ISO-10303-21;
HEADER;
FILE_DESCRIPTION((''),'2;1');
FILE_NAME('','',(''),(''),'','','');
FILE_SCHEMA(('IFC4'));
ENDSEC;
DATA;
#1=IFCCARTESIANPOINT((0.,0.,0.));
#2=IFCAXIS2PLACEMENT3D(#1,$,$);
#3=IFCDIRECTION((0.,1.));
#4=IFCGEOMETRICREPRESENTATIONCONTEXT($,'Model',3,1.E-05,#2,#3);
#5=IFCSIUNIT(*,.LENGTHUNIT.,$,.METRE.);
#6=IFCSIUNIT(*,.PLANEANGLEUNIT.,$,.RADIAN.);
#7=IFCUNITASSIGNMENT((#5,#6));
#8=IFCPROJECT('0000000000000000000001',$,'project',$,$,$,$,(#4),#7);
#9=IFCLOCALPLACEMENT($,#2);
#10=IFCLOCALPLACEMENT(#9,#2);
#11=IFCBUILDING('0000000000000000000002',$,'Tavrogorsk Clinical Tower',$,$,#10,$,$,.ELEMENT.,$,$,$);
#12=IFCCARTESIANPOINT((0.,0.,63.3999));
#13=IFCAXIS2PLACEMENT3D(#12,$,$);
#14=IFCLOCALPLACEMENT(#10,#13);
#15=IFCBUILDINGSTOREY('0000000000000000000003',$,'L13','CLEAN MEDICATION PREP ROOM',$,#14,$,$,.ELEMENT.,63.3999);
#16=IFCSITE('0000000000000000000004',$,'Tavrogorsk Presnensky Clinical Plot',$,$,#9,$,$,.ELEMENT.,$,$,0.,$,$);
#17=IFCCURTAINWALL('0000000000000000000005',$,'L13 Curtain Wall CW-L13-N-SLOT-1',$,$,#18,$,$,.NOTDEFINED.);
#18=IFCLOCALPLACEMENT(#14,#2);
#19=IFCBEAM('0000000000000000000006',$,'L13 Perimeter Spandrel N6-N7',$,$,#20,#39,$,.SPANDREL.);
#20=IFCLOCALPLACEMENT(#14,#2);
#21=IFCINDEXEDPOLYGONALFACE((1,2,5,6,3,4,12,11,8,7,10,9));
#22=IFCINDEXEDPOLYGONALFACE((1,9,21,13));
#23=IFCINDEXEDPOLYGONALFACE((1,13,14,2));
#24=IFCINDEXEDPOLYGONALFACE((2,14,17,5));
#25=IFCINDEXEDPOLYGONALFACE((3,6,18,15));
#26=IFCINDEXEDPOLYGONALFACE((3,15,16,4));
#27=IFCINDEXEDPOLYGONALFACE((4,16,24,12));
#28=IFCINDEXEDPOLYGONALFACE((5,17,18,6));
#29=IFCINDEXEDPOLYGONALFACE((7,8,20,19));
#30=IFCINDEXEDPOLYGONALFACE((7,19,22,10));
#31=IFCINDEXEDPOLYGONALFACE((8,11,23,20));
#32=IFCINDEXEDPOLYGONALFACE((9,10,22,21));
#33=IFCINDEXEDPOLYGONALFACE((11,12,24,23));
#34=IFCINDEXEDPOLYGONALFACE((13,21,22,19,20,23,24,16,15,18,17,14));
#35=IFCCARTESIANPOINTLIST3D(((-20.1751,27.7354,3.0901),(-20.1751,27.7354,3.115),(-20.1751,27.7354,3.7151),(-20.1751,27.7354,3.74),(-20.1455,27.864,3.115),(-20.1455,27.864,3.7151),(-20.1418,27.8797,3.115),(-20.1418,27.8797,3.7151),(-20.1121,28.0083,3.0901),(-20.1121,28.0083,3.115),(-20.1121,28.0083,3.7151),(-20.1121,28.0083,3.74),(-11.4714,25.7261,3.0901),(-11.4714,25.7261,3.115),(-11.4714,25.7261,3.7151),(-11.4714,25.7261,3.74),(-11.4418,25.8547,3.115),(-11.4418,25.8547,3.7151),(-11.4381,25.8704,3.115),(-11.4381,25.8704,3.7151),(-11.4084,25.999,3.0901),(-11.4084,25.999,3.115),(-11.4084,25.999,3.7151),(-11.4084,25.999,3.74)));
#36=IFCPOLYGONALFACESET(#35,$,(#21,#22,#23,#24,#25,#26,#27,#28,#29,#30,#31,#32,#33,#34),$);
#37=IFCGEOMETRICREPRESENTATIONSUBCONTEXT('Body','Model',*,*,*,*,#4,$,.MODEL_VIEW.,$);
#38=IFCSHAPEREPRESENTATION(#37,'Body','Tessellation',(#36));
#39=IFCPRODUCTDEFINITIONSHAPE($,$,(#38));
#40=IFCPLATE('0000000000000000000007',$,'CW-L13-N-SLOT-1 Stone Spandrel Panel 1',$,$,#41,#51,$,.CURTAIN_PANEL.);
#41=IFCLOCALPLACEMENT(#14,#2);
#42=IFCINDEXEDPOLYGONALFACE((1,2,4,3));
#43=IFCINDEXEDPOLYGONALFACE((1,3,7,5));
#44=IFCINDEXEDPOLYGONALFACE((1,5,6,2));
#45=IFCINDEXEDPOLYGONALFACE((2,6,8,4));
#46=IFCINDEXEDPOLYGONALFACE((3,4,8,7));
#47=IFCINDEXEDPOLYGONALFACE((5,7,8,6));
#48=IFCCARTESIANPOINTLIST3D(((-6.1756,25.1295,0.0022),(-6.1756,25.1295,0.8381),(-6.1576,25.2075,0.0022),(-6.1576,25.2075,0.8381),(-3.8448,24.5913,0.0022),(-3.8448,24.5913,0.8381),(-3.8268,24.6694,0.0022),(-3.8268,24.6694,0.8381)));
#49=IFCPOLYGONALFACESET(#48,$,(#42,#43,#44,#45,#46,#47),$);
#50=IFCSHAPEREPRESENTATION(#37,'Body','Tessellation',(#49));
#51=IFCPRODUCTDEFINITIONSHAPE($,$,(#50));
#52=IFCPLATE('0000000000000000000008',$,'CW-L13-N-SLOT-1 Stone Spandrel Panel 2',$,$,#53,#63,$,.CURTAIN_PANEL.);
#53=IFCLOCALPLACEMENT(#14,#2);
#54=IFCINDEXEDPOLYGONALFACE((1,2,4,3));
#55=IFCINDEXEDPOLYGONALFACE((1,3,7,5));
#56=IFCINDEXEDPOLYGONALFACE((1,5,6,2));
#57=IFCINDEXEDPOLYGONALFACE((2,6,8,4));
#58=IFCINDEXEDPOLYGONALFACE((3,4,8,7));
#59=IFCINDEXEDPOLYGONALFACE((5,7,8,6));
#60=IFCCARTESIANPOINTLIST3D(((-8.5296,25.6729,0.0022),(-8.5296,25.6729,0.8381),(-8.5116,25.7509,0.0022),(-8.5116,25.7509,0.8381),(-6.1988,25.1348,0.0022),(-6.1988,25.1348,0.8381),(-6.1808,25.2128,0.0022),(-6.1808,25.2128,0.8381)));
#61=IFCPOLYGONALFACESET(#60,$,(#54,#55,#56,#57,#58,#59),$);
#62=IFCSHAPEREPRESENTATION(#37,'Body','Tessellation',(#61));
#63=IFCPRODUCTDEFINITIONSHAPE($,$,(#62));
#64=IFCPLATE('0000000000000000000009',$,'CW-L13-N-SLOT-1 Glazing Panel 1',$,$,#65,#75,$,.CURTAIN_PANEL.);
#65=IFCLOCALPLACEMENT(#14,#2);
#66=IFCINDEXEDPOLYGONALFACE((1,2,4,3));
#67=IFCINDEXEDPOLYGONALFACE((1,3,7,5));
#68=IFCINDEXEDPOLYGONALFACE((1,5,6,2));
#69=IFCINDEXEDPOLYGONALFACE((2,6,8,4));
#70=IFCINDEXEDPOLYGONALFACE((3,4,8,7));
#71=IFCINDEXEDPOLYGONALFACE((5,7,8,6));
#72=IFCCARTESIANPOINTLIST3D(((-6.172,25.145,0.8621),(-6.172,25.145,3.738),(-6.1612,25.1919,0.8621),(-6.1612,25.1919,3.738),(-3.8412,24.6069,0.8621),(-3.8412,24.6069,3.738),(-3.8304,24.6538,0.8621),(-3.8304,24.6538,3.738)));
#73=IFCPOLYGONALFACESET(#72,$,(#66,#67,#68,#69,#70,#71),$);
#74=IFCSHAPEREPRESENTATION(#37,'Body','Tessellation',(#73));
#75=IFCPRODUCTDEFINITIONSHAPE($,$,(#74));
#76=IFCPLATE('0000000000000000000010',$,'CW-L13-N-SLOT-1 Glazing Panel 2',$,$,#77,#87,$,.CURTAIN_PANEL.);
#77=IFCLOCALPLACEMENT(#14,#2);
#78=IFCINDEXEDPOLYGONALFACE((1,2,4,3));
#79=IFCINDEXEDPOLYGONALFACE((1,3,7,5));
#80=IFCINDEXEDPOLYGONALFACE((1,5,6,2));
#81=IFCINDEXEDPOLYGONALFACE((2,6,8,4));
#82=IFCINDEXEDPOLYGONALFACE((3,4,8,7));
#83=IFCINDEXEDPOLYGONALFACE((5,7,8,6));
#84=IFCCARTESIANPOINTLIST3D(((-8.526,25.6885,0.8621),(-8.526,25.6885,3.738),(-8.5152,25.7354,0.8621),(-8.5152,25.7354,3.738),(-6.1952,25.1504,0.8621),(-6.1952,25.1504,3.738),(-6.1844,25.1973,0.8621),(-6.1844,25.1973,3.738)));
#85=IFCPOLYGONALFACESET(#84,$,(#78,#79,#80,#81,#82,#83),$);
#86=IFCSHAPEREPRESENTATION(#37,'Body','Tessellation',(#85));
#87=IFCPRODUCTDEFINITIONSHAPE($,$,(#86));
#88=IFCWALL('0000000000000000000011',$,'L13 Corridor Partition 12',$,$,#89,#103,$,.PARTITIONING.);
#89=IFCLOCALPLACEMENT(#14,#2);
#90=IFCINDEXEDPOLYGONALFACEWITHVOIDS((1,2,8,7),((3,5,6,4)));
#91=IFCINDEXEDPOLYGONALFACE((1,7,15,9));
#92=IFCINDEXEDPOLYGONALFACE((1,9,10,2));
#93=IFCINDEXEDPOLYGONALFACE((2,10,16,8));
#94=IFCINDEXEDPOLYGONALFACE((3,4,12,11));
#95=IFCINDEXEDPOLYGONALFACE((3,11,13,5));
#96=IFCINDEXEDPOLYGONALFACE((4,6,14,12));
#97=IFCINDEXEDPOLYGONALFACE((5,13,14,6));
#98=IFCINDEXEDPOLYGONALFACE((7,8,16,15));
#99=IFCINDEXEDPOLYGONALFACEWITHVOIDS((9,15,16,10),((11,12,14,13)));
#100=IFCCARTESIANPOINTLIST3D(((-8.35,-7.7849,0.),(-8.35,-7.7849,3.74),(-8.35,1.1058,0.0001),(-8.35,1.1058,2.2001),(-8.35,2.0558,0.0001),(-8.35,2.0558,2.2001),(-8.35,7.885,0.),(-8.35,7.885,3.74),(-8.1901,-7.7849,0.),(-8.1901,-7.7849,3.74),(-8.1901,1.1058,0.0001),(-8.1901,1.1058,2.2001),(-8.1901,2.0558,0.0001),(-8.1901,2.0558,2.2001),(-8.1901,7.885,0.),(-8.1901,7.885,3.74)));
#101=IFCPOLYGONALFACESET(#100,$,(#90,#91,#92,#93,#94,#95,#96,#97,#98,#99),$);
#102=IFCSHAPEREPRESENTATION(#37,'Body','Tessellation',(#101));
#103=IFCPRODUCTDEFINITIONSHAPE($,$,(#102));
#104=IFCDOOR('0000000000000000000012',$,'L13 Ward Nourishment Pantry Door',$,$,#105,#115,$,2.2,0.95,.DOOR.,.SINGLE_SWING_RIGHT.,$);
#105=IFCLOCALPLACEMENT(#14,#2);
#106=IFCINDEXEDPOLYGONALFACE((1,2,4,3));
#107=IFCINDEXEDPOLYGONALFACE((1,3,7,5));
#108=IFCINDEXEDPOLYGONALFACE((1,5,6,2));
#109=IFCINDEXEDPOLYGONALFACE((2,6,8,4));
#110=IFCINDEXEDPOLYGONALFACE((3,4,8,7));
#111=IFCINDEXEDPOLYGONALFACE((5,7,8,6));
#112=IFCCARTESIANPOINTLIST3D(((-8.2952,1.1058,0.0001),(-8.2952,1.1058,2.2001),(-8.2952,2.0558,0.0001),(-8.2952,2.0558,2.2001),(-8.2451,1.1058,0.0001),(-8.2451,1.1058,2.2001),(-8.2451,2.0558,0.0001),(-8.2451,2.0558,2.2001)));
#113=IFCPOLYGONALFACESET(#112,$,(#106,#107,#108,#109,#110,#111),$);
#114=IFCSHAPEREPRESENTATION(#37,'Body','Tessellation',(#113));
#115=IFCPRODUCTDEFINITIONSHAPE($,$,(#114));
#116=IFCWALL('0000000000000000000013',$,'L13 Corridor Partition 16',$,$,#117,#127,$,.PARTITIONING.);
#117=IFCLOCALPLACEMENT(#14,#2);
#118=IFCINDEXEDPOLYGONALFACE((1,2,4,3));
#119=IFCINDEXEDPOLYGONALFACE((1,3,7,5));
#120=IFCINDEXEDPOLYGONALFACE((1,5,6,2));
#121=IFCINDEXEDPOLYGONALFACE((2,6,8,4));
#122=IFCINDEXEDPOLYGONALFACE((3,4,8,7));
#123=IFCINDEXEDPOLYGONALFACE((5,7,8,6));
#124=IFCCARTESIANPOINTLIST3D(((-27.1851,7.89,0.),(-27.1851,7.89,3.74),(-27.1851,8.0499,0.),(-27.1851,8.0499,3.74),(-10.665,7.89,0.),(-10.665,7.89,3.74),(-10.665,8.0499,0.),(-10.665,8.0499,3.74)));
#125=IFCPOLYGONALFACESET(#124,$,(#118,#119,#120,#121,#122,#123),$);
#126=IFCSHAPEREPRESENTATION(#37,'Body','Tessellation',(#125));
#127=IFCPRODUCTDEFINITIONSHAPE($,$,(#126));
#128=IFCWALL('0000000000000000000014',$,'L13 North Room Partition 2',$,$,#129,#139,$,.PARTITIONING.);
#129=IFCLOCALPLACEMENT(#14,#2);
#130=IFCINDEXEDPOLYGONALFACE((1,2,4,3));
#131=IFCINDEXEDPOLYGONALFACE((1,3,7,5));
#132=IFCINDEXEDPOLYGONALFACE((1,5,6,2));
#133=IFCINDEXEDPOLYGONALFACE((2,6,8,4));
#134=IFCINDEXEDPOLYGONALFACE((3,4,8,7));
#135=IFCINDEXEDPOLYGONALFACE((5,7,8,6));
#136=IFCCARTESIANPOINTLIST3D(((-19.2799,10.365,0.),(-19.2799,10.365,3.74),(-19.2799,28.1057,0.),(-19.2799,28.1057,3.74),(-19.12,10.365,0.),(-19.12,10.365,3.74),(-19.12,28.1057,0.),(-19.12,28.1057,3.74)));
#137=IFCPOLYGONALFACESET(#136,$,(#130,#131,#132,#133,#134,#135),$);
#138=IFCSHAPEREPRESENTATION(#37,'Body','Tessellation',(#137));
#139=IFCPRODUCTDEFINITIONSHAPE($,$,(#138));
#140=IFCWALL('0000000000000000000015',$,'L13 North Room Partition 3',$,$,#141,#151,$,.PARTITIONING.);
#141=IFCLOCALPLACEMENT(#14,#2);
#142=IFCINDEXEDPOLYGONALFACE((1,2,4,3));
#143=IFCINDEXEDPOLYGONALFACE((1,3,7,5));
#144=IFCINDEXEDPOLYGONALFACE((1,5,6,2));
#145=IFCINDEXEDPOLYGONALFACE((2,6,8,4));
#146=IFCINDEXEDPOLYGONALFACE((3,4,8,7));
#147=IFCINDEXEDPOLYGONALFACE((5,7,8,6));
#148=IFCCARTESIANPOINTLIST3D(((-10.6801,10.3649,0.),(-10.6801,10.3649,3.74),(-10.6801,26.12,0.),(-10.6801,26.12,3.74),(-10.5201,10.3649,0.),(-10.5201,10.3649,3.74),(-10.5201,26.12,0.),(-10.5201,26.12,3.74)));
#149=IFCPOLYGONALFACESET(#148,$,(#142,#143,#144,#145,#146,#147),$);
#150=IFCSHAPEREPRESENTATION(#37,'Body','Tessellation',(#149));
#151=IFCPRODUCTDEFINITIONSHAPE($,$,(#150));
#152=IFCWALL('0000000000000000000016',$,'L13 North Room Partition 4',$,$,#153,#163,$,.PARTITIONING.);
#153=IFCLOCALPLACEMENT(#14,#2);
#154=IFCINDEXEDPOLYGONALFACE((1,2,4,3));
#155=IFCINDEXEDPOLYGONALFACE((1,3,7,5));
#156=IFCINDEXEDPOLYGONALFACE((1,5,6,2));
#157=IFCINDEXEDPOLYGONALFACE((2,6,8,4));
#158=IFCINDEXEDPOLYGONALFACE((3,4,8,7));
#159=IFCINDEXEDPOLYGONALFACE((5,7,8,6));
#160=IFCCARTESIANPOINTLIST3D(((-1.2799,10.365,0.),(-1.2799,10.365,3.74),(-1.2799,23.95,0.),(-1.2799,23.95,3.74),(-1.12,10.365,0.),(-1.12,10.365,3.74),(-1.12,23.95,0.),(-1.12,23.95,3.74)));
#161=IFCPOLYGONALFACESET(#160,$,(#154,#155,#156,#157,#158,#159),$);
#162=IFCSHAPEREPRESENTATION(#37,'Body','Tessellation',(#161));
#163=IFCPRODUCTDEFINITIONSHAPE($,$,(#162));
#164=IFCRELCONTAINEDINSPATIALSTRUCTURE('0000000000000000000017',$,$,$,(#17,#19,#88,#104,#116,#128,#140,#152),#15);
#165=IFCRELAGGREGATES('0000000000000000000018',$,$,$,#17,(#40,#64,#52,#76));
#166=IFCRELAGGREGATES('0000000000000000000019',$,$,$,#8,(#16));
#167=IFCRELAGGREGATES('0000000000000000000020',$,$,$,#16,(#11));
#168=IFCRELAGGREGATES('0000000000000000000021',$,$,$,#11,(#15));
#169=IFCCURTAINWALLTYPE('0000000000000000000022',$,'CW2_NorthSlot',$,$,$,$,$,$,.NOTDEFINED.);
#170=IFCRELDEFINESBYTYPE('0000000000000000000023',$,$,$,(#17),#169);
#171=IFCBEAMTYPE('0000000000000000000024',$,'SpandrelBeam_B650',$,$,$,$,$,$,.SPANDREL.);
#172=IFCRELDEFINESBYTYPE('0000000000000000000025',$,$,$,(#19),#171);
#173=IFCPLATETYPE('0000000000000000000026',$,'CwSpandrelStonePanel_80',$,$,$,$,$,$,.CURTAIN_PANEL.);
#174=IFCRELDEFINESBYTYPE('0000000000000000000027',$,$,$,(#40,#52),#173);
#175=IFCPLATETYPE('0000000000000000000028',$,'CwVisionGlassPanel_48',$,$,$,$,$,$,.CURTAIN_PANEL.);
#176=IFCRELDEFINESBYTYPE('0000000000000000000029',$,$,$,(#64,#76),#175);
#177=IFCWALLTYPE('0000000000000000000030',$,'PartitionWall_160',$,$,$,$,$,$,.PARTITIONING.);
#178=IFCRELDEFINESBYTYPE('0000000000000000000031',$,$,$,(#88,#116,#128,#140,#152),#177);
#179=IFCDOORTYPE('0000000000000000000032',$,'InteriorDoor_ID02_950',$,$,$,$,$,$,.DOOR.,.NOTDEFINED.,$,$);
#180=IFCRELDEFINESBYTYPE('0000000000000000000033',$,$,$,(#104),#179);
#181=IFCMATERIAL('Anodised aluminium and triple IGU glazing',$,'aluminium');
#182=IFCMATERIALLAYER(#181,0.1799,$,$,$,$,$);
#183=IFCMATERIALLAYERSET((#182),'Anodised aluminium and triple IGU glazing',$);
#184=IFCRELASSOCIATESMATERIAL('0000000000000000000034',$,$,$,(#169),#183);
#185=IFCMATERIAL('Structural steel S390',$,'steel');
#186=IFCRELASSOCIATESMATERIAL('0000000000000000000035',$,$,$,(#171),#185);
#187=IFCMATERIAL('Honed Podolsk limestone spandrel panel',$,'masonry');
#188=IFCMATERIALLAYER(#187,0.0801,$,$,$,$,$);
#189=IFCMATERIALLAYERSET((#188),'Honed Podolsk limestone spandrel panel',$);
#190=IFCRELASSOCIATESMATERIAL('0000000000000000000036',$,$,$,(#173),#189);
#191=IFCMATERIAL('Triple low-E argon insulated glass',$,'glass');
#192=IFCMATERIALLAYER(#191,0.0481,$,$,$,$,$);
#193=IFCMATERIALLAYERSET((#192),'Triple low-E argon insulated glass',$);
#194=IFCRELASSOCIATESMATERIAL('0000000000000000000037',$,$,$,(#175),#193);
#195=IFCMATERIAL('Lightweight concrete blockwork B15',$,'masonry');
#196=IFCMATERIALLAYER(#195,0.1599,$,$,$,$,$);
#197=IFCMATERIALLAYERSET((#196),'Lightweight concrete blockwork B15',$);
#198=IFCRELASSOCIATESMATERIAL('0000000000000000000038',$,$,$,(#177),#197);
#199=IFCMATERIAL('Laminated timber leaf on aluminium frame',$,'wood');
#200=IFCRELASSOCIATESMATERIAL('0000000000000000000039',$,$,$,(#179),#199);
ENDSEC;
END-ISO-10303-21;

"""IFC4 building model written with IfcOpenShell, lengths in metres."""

from ifc_helpers import new_model, si_unit, direction, frame, frame_2d, origin, origin_2d, place, context, subcontext, project, spatial, rectangle, i_section, extrude, material, layer, layer_set, material_profile, profile_set, type_object, element, fill, aggregate, save


model = new_model("IFC4")

# Units and contexts
model_context = context("Model", 3, precision=1e-05, world=origin(), true_north=direction((0.0, 1.0)))
body_context = subcontext(model_context, "Body", "Model", "MODEL_VIEW")
ifc_project = project(units=[si_unit("LENGTHUNIT", "METRE"), si_unit("PLANEANGLEUNIT", "RADIAN")], contexts=[model_context])

# Site, building, storey
site_placement = place(None, origin())
site = spatial("IfcSite", under=ifc_project, at=site_placement, Name="Tavrogorsk Presnensky Clinical Plot", CompositionType="ELEMENT", RefElevation=0.0)
building_placement = place(site_placement, origin())
building = spatial("IfcBuilding", under=site, at=building_placement, Name="Tavrogorsk Clinical Tower", CompositionType="ELEMENT")
storey_placement = place(building_placement, frame((0.0, 0.0, 63.3999)))
storey = spatial("IfcBuildingStorey", under=building, at=storey_placement, Name="L13", Description="CLEAN MEDICATION PREP ROOM", CompositionType="ELEMENT", Elevation=63.3999)

# Curtain wall
ifc_material_1 = material(Name="Anodised aluminium and triple IGU glazing", Category="aluminium")
ifc_layer_1 = layer(ifc_material_1, 0.1799)
ifc_layer_set_1 = layer_set([ifc_layer_1], Name="Anodised aluminium and triple IGU glazing")
curtain_wall_type = type_object("IfcCurtainWallType", Name="CW2_NorthSlot", PredefinedType="NOTDEFINED", material=ifc_layer_set_1)
curtain_wall_placement = place(storey_placement, origin())
curtain_wall = element("IfcCurtainWall", 1, at=curtain_wall_placement, inside=storey, type_object=curtain_wall_type, Name="L13 Curtain Wall CW-L13-N-SLOT-1", PredefinedType="NOTDEFINED")

# Beam
ifc_material_2 = material(Name="Structural steel S390", Category="steel")
ifc_material_profile_1 = material_profile(ifc_material_2, i_section(OverallWidth=0.28, OverallDepth=0.6499, WebThickness=0.0161, FlangeThickness=0.0249, at=origin_2d()), Name="B-650x280x16x25")
ifc_profile_set_1 = profile_set([ifc_material_profile_1], Name="Structural steel S390")
beam_type = type_object("IfcBeamType", Name="SpandrelBeam_B650", PredefinedType="SPANDREL", material=ifc_profile_set_1)
for number, where, z_axis, x_axis, name in (
    (2, (-11.4399, 25.8625, 3.415), (-0.974373, 0.224939, 0.0), (-0.224939, -0.974373, 0.0), "L13 Perimeter Spandrel N6-N7"),
):
    element("IfcBeam", number, at=place(storey_placement, frame(where, z_axis=z_axis, x_axis=x_axis)), inside=storey, type_object=beam_type, Name=name, PredefinedType="SPANDREL", context=body_context, shape_type="SweptSolid", body=[
        extrude(i_section(OverallWidth=0.28, OverallDepth=0.6499, WebThickness=0.0161, FlangeThickness=0.0249, at=origin_2d()), origin(), (0.0, 0.0, 1.0), 8.9326),
    ])

# Plates
ifc_material_3 = material(Name="Honed Podolsk limestone spandrel panel", Category="masonry")
ifc_layer_2 = layer(ifc_material_3, 0.0801)
ifc_layer_set_2 = layer_set([ifc_layer_2], Name="Honed Podolsk limestone spandrel panel")
plate_type_1 = type_object("IfcPlateType", Name="CwSpandrelStonePanel_80", PredefinedType="CURTAIN_PANEL", material=ifc_layer_set_2)
plate_1_placement = place(storey_placement, frame((-5.0012, 24.8994, 0.0022), z_axis=(0.0, 0.0, 1.0), x_axis=(-0.97437, 0.224951, 0.0)))
plate_1 = element("IfcPlate", 3, at=plate_1_placement, type_object=plate_type_1, Name="CW-L13-N-SLOT-1 Stone Spandrel Panel 1", PredefinedType="CURTAIN_PANEL", context=body_context, shape_type="SweptSolid", body=[
    extrude(rectangle(XDim=2.3921, YDim=0.0801, at=origin_2d()), origin(), (0.0, 0.0, 1.0), 0.8359),
])
plate_2_placement = place(storey_placement, frame((-7.3552, 25.4429, 0.0022), z_axis=(0.0, 0.0, 1.0), x_axis=(-0.97437, 0.224951, 0.0)))
plate_2 = element("IfcPlate", 4, at=plate_2_placement, type_object=plate_type_1, Name="CW-L13-N-SLOT-1 Stone Spandrel Panel 2", PredefinedType="CURTAIN_PANEL", context=body_context, shape_type="SweptSolid", body=[
    extrude(rectangle(XDim=2.3921, YDim=0.0801, at=origin_2d()), origin(), (0.0, 0.0, 1.0), 0.8359),
])
ifc_material_4 = material(Name="Triple low-E argon insulated glass", Category="glass")
ifc_layer_3 = layer(ifc_material_4, 0.0481)
ifc_layer_set_3 = layer_set([ifc_layer_3], Name="Triple low-E argon insulated glass")
plate_type_2 = type_object("IfcPlateType", Name="CwVisionGlassPanel_48", PredefinedType="CURTAIN_PANEL", material=ifc_layer_set_3)
plate_3_placement = place(storey_placement, frame((-5.0012, 24.8994, 0.8621), z_axis=(0.0, 0.0, 1.0), x_axis=(-0.97437, 0.224951, 0.0)))
plate_3 = element("IfcPlate", 5, at=plate_3_placement, type_object=plate_type_2, Name="CW-L13-N-SLOT-1 Glazing Panel 1", PredefinedType="CURTAIN_PANEL", context=body_context, shape_type="SweptSolid", body=[
    extrude(rectangle(XDim=2.3921, YDim=0.0481, at=origin_2d()), origin(), (0.0, 0.0, 1.0), 2.876),
])
plate_4_placement = place(storey_placement, frame((-7.3552, 25.4429, 0.8621), z_axis=(0.0, 0.0, 1.0), x_axis=(-0.97437, 0.224951, 0.0)))
plate_4 = element("IfcPlate", 6, at=plate_4_placement, type_object=plate_type_2, Name="CW-L13-N-SLOT-1 Glazing Panel 2", PredefinedType="CURTAIN_PANEL", context=body_context, shape_type="SweptSolid", body=[
    extrude(rectangle(XDim=2.3921, YDim=0.0481, at=origin_2d()), origin(), (0.0, 0.0, 1.0), 2.876),
])
aggregate(curtain_wall, [plate_1, plate_3, plate_2, plate_4])

# Wall, opening, door
ifc_material_5 = material(Name="Lightweight concrete blockwork B15", Category="masonry")
ifc_layer_4 = layer(ifc_material_5, 0.1599)
ifc_layer_set_4 = layer_set([ifc_layer_4], Name="Lightweight concrete blockwork B15")
wall_type_1 = type_object("IfcWallType", Name="PartitionWall_160", PredefinedType="PARTITIONING", material=ifc_layer_set_4)
wall_1_placement = place(storey_placement, frame((-8.27, 7.885, 0.0), z_axis=(0.0, 0.0, 1.0), x_axis=(0.0, -1.0, 0.0)))
wall_1 = element("IfcWall", 7, at=wall_1_placement, inside=storey, type_object=wall_type_1, Name="L13 Corridor Partition 12", PredefinedType="PARTITIONING", context=body_context, shape_type="SweptSolid", body=[
    extrude(rectangle(XDim=15.6699, YDim=0.1599, at=frame_2d((7.835, 0.0))), origin(), (0.0, 0.0, 1.0), 3.74),
])
opening_1_placement = place(wall_1_placement, frame((5.8291, 0.0, 0.0)))
opening_1 = element("IfcOpeningElement", 8, at=opening_1_placement, cuts=wall_1, PredefinedType="OPENING", context=body_context, shape_type="SweptSolid", body=[
    extrude(rectangle(XDim=0.95, YDim=2.2, at=frame_2d((0.4751, 1.1001))), frame((0.0, 0.0898, 0.0), z_axis=(0.0, -1.0, 0.0), x_axis=(1.0, 0.0, 0.0)), (0.0, 0.0, 1.0), 0.1799),
])
ifc_material_6 = material(Name="Laminated timber leaf on aluminium frame", Category="wood")
door_type = type_object("IfcDoorType", Name="InteriorDoor_ID02_950", OperationType="NOTDEFINED", PredefinedType="DOOR", material=ifc_material_6)
door_placement = place(opening_1_placement, origin())
door = element("IfcDoor", 9, at=door_placement, inside=storey, type_object=door_type, Name="L13 Ward Nourishment Pantry Door", OperationType="SINGLE_SWING_RIGHT", OverallHeight=2.2, OverallWidth=0.95, PredefinedType="DOOR", context=body_context, shape_type="SweptSolid", body=[
    extrude(rectangle(XDim=0.95, YDim=2.2, at=frame_2d((0.4751, 1.1001))), frame((0.0, 0.0249, 0.0), z_axis=(0.0, -1.0, 0.0), x_axis=(1.0, 0.0, 0.0)), (0.0, 0.0, 1.0), 0.05),
])
fill(opening_1, door)

# Walls
wall_2_placement = place(storey_placement, frame((-10.665, 7.97, 0.0), z_axis=(0.0, 0.0, 1.0), x_axis=(-1.0, 0.0, 0.0)))
element("IfcWall", 10, at=wall_2_placement, inside=storey, type_object=wall_type_1, Name="L13 Corridor Partition 16", PredefinedType="PARTITIONING", context=body_context, shape_type="SweptSolid", body=[
    extrude(rectangle(XDim=16.52, YDim=0.1599, at=frame_2d((8.26, 0.0))), origin(), (0.0, 0.0, 1.0), 3.74),
])
wall_3_placement = place(storey_placement, frame((-19.2, 10.365, 0.0), z_axis=(0.0, 0.0, 1.0), x_axis=(0.0, 1.0, 0.0)))
element("IfcWall", 11, at=wall_3_placement, inside=storey, type_object=wall_type_1, Name="L13 North Room Partition 2", PredefinedType="PARTITIONING", context=body_context, shape_type="SweptSolid", body=[
    extrude(rectangle(XDim=17.7407, YDim=0.1599, at=frame_2d((8.8704, 0.0))), origin(), (0.0, 0.0, 1.0), 3.74),
])
wall_4_placement = place(storey_placement, frame((-10.6001, 10.365, 0.0), z_axis=(0.0, 0.0, 1.0), x_axis=(0.0, 1.0, 0.0)))
element("IfcWall", 12, at=wall_4_placement, inside=storey, type_object=wall_type_1, Name="L13 North Room Partition 3", PredefinedType="PARTITIONING", context=body_context, shape_type="SweptSolid", body=[
    extrude(rectangle(XDim=15.7551, YDim=0.1599, at=frame_2d((7.8774, 0.0))), origin(), (0.0, 0.0, 1.0), 3.74),
])
wall_5_placement = place(storey_placement, frame((-1.2, 10.365, 0.0), z_axis=(0.0, 0.0, 1.0), x_axis=(0.0, 1.0, 0.0)))
element("IfcWall", 13, at=wall_5_placement, inside=storey, type_object=wall_type_1, Name="L13 North Room Partition 4", PredefinedType="PARTITIONING", context=body_context, shape_type="SweptSolid", body=[
    extrude(rectangle(XDim=13.585, YDim=0.1599, at=frame_2d((6.7925, 0.0))), origin(), (0.0, 0.0, 1.0), 3.74),
])

save(model, "model.ifc")
